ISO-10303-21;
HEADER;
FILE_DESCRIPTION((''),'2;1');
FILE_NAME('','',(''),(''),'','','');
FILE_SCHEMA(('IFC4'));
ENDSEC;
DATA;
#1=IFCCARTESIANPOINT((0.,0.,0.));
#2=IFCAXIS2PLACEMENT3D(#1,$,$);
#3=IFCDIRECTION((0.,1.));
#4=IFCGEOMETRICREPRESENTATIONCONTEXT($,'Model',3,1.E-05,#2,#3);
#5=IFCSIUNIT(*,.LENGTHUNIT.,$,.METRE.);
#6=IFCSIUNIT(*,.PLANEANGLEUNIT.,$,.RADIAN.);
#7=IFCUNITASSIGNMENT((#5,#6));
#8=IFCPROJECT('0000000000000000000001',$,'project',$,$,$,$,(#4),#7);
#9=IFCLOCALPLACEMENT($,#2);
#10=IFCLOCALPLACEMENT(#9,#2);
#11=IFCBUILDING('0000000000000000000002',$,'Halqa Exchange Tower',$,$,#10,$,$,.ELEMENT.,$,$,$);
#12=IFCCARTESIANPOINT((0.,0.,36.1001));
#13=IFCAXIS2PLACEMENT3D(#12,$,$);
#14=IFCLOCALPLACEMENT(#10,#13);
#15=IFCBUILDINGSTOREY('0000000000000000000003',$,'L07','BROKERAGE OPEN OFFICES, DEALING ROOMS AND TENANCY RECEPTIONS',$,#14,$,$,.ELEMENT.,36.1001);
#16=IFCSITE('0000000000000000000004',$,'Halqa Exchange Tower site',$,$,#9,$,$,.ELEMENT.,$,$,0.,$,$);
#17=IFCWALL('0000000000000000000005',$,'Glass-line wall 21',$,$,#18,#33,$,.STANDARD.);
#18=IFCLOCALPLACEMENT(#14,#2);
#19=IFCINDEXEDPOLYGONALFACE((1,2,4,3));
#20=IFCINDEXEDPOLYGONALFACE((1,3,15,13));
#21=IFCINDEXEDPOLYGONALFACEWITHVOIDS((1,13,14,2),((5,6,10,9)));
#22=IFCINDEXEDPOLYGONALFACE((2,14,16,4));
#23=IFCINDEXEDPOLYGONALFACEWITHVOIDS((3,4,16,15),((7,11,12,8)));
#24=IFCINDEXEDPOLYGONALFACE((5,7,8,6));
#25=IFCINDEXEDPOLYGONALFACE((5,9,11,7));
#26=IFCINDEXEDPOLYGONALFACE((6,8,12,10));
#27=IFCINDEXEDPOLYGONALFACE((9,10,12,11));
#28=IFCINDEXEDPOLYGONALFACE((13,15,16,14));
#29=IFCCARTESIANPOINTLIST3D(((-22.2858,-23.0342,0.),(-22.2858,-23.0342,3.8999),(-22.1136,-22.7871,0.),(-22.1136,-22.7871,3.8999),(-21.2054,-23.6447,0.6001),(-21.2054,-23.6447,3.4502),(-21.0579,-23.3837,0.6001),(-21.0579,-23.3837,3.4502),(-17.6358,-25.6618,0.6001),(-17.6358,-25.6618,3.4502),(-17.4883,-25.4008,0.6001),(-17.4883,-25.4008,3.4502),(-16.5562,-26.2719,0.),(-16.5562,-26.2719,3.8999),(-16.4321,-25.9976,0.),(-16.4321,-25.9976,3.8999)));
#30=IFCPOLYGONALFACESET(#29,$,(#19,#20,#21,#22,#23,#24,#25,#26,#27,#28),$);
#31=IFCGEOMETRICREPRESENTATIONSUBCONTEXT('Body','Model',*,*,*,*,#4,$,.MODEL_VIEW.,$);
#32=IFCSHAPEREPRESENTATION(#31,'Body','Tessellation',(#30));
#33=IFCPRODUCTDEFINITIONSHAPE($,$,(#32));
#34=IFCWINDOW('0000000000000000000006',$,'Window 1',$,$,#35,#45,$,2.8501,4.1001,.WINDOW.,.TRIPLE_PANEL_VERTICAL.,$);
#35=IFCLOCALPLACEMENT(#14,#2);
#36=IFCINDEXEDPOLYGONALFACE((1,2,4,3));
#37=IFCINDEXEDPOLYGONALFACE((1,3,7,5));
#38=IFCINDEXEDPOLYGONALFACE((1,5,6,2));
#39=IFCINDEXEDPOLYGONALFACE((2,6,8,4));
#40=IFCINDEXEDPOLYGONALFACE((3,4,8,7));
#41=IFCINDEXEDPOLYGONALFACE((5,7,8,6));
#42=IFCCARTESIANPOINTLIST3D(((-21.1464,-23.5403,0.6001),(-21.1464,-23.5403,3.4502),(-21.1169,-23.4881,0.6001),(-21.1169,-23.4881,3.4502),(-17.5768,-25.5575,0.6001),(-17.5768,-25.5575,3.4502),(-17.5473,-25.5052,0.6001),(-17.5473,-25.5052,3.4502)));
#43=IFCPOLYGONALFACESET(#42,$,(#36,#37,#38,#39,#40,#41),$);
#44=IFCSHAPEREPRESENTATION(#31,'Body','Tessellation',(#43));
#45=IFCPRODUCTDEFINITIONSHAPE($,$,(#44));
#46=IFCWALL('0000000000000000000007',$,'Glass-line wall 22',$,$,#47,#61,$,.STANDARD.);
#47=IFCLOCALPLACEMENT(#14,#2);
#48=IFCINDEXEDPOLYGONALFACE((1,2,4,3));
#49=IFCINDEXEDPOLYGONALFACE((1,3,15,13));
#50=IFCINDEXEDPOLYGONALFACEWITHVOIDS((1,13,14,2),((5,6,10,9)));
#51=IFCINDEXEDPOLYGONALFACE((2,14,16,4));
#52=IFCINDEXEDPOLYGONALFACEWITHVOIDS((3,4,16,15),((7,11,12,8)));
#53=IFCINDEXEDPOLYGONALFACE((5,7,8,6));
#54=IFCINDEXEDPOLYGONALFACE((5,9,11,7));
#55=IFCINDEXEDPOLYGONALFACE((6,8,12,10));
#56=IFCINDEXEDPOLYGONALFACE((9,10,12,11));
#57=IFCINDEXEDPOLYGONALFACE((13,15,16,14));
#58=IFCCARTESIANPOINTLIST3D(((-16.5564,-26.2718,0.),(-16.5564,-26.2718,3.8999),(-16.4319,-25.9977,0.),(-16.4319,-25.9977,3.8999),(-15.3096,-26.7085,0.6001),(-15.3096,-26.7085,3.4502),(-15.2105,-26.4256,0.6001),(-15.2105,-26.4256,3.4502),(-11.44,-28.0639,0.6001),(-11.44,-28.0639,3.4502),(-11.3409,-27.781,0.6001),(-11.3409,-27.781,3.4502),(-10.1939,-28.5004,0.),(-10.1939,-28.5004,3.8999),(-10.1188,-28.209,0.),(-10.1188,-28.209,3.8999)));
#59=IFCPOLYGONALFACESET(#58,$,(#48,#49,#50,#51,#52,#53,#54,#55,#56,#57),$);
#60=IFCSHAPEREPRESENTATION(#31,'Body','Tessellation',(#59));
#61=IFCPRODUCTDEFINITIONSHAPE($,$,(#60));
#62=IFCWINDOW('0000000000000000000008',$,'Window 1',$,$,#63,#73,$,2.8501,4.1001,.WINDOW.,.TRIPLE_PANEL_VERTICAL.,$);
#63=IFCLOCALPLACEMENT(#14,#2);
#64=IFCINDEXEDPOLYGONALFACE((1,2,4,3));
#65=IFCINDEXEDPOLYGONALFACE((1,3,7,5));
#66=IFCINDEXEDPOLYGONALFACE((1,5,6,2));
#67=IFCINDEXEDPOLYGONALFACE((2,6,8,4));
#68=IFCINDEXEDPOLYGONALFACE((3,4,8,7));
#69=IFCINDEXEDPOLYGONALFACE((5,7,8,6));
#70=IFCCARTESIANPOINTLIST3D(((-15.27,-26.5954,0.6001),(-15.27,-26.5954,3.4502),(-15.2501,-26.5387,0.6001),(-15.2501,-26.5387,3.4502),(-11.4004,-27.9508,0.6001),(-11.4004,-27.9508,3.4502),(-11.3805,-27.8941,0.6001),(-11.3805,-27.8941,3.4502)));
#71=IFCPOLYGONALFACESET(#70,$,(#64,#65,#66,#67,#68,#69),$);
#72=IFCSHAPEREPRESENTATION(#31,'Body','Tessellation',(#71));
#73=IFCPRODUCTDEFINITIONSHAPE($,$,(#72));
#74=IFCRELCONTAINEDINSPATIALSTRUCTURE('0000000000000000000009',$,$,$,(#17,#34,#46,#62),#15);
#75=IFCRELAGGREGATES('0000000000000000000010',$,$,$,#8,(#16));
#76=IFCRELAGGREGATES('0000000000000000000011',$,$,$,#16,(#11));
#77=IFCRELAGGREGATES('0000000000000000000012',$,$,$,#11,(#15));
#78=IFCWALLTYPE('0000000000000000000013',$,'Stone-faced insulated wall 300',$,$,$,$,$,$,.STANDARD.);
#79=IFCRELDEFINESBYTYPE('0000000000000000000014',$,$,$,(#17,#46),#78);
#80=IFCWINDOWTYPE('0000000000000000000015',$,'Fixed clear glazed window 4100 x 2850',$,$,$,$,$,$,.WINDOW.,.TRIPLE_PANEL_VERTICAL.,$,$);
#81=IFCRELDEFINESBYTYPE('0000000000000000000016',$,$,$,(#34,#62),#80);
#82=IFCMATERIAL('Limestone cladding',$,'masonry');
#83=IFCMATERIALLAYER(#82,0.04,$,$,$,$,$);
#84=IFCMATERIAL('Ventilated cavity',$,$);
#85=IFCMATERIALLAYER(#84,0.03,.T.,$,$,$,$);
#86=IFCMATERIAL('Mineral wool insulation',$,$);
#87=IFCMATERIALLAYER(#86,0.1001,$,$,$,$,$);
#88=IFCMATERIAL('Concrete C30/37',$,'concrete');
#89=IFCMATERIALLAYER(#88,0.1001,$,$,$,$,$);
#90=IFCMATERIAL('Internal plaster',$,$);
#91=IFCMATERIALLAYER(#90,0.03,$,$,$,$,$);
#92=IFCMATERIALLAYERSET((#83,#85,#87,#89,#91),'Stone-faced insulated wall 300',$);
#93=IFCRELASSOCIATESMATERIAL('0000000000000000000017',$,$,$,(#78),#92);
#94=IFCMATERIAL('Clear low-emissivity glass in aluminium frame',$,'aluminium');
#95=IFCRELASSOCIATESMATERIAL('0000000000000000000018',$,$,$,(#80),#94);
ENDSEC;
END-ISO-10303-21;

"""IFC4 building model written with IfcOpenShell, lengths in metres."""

from ifc_helpers import new_model, si_unit, direction, frame, frame_2d, origin, place, context, subcontext, project, spatial, polyline, rectangle, outline, extrude, material, layer, layer_set, type_object, element, fill, save


model = new_model("IFC4")

# Units and contexts
model_context = context("Model", 3, precision=1e-05, world=origin(), true_north=direction((0.0, 1.0)))
body_context = subcontext(model_context, "Body", "Model", "MODEL_VIEW")
ifc_project = project(units=[si_unit("LENGTHUNIT", "METRE"), si_unit("PLANEANGLEUNIT", "RADIAN")], contexts=[model_context])

# Site, building, storey
site_placement = place(None, origin())
site = spatial("IfcSite", under=ifc_project, at=site_placement, Name="Halqa Exchange Tower site", CompositionType="ELEMENT", RefElevation=0.0)
building_placement = place(site_placement, origin())
building = spatial("IfcBuilding", under=site, at=building_placement, Name="Halqa Exchange Tower", CompositionType="ELEMENT")
storey_placement = place(building_placement, frame((0.0, 0.0, 36.1001)))
storey = spatial("IfcBuildingStorey", under=building, at=storey_placement, Name="L07", Description="BROKERAGE OPEN OFFICES, DEALING ROOMS AND TENANCY RECEPTIONS", CompositionType="ELEMENT", Elevation=36.1001)

# Shared definitions
ifc_material_1 = material(Name="Limestone cladding", Category="masonry")
ifc_layer_1 = layer(ifc_material_1, 0.04)
ifc_material_2 = material(Name="Ventilated cavity")
ifc_layer_2 = layer(ifc_material_2, 0.03, ventilated=True)
ifc_material_3 = material(Name="Mineral wool insulation")
ifc_layer_3 = layer(ifc_material_3, 0.1001)
ifc_material_4 = material(Name="Concrete C30/37", Category="concrete")
ifc_layer_4 = layer(ifc_material_4, 0.1001)
ifc_material_5 = material(Name="Internal plaster")
ifc_layer_5 = layer(ifc_material_5, 0.03)
ifc_layer_set_1 = layer_set([ifc_layer_1, ifc_layer_2, ifc_layer_3, ifc_layer_4, ifc_layer_5], Name="Stone-faced insulated wall 300")
wall_type_1 = type_object("IfcWallType", Name="Stone-faced insulated wall 300", PredefinedType="STANDARD", material=ifc_layer_set_1)
ifc_material_6 = material(Name="Clear low-emissivity glass in aluminium frame", Category="aluminium")

# Walls, openings, windows
wall_1_placement = place(storey_placement, frame((-22.1997, -22.9106, 0.0), z_axis=(0.0, 0.0, 1.0), x_axis=(0.870613, -0.491969, 0.0)))
wall_1 = element("IfcWall", 1, at=wall_1_placement, inside=storey, type_object=wall_type_1, Name="Glass-line wall 21", PredefinedType="STANDARD", context=body_context, shape_type="SweptSolid", body=[
    extrude(outline(polyline([(-0.0142, -0.1499), (6.5669, -0.1499), (6.54, 0.1499), (0.0142, 0.1499), (-0.0142, -0.1499)])), origin(), (0.0, 0.0, 1.0), 3.8999),
])
opening_1_placement = place(wall_1_placement, frame((1.2268, 0.0, 0.6001)))
opening_1 = element("IfcOpeningElement", 2, at=opening_1_placement, cuts=wall_1, PredefinedType="OPENING", context=body_context, shape_type="SweptSolid", body=[
    extrude(rectangle(XDim=4.1001, YDim=2.8501, at=frame_2d((2.05, 1.425))), frame((0.0, 0.1621, 0.0), z_axis=(0.0, -1.0, 0.0), x_axis=(1.0, 0.0, 0.0)), (0.0, 0.0, 1.0), 0.324),
])
window_type = type_object("IfcWindowType", Name="Fixed clear glazed window 4100 x 2850", PartitioningType="TRIPLE_PANEL_VERTICAL", PredefinedType="WINDOW", material=ifc_material_6)
window_1_placement = place(opening_1_placement, origin())
window_1 = element("IfcWindow", 3, at=window_1_placement, inside=storey, type_object=window_type, Name="Window 1", OverallHeight=2.8501, OverallWidth=4.1001, PartitioningType="TRIPLE_PANEL_VERTICAL", PredefinedType="WINDOW", context=body_context, shape_type="SweptSolid", body=[
    extrude(rectangle(XDim=4.1001, YDim=2.8501, at=frame_2d((2.05, 1.425))), frame((0.0, 0.03, 0.0), z_axis=(0.0, -1.0, 0.0), x_axis=(1.0, 0.0, 0.0)), (0.0, 0.0, 1.0), 0.0601),
])
fill(opening_1, window_1)
wall_2_placement = place(storey_placement, frame((-16.4941, -26.1348, 0.0), z_axis=(0.0, 0.0, 1.0), x_axis=(0.943779, -0.330577, 0.0)))
wall_2 = element("IfcWall", 4, at=wall_2_placement, inside=storey, type_object=wall_type_1, Name="Glass-line wall 22", PredefinedType="STANDARD", context=body_context, shape_type="SweptSolid", body=[
    extrude(outline(polyline([(-0.0134, -0.1499), (6.728, -0.1499), (6.7026, 0.1499), (0.0134, 0.1499), (-0.0134, -0.1499)])), origin(), (0.0, 0.0, 1.0), 3.8999),
])
opening_2_placement = place(wall_2_placement, frame((1.3076, 0.0, 0.6001)))
opening_2 = element("IfcOpeningElement", 5, at=opening_2_placement, cuts=wall_2, PredefinedType="OPENING", context=body_context, shape_type="SweptSolid", body=[
    extrude(rectangle(XDim=4.1001, YDim=2.8501, at=frame_2d((2.05, 1.425))), frame((0.0, 0.1621, 0.0), z_axis=(0.0, -1.0, 0.0), x_axis=(1.0, 0.0, 0.0)), (0.0, 0.0, 1.0), 0.324),
])
window_2_placement = place(opening_2_placement, origin())
window_2 = element("IfcWindow", 6, at=window_2_placement, inside=storey, type_object=window_type, Name="Window 1", OverallHeight=2.8501, OverallWidth=4.1001, PartitioningType="TRIPLE_PANEL_VERTICAL", PredefinedType="WINDOW", context=body_context, shape_type="SweptSolid", body=[
    extrude(rectangle(XDim=4.1001, YDim=2.8501, at=frame_2d((2.05, 1.425))), frame((0.0, 0.03, 0.0), z_axis=(0.0, -1.0, 0.0), x_axis=(1.0, 0.0, 0.0)), (0.0, 0.0, 1.0), 0.0601),
])
fill(opening_2, window_2)

save(model, "model.ifc")
